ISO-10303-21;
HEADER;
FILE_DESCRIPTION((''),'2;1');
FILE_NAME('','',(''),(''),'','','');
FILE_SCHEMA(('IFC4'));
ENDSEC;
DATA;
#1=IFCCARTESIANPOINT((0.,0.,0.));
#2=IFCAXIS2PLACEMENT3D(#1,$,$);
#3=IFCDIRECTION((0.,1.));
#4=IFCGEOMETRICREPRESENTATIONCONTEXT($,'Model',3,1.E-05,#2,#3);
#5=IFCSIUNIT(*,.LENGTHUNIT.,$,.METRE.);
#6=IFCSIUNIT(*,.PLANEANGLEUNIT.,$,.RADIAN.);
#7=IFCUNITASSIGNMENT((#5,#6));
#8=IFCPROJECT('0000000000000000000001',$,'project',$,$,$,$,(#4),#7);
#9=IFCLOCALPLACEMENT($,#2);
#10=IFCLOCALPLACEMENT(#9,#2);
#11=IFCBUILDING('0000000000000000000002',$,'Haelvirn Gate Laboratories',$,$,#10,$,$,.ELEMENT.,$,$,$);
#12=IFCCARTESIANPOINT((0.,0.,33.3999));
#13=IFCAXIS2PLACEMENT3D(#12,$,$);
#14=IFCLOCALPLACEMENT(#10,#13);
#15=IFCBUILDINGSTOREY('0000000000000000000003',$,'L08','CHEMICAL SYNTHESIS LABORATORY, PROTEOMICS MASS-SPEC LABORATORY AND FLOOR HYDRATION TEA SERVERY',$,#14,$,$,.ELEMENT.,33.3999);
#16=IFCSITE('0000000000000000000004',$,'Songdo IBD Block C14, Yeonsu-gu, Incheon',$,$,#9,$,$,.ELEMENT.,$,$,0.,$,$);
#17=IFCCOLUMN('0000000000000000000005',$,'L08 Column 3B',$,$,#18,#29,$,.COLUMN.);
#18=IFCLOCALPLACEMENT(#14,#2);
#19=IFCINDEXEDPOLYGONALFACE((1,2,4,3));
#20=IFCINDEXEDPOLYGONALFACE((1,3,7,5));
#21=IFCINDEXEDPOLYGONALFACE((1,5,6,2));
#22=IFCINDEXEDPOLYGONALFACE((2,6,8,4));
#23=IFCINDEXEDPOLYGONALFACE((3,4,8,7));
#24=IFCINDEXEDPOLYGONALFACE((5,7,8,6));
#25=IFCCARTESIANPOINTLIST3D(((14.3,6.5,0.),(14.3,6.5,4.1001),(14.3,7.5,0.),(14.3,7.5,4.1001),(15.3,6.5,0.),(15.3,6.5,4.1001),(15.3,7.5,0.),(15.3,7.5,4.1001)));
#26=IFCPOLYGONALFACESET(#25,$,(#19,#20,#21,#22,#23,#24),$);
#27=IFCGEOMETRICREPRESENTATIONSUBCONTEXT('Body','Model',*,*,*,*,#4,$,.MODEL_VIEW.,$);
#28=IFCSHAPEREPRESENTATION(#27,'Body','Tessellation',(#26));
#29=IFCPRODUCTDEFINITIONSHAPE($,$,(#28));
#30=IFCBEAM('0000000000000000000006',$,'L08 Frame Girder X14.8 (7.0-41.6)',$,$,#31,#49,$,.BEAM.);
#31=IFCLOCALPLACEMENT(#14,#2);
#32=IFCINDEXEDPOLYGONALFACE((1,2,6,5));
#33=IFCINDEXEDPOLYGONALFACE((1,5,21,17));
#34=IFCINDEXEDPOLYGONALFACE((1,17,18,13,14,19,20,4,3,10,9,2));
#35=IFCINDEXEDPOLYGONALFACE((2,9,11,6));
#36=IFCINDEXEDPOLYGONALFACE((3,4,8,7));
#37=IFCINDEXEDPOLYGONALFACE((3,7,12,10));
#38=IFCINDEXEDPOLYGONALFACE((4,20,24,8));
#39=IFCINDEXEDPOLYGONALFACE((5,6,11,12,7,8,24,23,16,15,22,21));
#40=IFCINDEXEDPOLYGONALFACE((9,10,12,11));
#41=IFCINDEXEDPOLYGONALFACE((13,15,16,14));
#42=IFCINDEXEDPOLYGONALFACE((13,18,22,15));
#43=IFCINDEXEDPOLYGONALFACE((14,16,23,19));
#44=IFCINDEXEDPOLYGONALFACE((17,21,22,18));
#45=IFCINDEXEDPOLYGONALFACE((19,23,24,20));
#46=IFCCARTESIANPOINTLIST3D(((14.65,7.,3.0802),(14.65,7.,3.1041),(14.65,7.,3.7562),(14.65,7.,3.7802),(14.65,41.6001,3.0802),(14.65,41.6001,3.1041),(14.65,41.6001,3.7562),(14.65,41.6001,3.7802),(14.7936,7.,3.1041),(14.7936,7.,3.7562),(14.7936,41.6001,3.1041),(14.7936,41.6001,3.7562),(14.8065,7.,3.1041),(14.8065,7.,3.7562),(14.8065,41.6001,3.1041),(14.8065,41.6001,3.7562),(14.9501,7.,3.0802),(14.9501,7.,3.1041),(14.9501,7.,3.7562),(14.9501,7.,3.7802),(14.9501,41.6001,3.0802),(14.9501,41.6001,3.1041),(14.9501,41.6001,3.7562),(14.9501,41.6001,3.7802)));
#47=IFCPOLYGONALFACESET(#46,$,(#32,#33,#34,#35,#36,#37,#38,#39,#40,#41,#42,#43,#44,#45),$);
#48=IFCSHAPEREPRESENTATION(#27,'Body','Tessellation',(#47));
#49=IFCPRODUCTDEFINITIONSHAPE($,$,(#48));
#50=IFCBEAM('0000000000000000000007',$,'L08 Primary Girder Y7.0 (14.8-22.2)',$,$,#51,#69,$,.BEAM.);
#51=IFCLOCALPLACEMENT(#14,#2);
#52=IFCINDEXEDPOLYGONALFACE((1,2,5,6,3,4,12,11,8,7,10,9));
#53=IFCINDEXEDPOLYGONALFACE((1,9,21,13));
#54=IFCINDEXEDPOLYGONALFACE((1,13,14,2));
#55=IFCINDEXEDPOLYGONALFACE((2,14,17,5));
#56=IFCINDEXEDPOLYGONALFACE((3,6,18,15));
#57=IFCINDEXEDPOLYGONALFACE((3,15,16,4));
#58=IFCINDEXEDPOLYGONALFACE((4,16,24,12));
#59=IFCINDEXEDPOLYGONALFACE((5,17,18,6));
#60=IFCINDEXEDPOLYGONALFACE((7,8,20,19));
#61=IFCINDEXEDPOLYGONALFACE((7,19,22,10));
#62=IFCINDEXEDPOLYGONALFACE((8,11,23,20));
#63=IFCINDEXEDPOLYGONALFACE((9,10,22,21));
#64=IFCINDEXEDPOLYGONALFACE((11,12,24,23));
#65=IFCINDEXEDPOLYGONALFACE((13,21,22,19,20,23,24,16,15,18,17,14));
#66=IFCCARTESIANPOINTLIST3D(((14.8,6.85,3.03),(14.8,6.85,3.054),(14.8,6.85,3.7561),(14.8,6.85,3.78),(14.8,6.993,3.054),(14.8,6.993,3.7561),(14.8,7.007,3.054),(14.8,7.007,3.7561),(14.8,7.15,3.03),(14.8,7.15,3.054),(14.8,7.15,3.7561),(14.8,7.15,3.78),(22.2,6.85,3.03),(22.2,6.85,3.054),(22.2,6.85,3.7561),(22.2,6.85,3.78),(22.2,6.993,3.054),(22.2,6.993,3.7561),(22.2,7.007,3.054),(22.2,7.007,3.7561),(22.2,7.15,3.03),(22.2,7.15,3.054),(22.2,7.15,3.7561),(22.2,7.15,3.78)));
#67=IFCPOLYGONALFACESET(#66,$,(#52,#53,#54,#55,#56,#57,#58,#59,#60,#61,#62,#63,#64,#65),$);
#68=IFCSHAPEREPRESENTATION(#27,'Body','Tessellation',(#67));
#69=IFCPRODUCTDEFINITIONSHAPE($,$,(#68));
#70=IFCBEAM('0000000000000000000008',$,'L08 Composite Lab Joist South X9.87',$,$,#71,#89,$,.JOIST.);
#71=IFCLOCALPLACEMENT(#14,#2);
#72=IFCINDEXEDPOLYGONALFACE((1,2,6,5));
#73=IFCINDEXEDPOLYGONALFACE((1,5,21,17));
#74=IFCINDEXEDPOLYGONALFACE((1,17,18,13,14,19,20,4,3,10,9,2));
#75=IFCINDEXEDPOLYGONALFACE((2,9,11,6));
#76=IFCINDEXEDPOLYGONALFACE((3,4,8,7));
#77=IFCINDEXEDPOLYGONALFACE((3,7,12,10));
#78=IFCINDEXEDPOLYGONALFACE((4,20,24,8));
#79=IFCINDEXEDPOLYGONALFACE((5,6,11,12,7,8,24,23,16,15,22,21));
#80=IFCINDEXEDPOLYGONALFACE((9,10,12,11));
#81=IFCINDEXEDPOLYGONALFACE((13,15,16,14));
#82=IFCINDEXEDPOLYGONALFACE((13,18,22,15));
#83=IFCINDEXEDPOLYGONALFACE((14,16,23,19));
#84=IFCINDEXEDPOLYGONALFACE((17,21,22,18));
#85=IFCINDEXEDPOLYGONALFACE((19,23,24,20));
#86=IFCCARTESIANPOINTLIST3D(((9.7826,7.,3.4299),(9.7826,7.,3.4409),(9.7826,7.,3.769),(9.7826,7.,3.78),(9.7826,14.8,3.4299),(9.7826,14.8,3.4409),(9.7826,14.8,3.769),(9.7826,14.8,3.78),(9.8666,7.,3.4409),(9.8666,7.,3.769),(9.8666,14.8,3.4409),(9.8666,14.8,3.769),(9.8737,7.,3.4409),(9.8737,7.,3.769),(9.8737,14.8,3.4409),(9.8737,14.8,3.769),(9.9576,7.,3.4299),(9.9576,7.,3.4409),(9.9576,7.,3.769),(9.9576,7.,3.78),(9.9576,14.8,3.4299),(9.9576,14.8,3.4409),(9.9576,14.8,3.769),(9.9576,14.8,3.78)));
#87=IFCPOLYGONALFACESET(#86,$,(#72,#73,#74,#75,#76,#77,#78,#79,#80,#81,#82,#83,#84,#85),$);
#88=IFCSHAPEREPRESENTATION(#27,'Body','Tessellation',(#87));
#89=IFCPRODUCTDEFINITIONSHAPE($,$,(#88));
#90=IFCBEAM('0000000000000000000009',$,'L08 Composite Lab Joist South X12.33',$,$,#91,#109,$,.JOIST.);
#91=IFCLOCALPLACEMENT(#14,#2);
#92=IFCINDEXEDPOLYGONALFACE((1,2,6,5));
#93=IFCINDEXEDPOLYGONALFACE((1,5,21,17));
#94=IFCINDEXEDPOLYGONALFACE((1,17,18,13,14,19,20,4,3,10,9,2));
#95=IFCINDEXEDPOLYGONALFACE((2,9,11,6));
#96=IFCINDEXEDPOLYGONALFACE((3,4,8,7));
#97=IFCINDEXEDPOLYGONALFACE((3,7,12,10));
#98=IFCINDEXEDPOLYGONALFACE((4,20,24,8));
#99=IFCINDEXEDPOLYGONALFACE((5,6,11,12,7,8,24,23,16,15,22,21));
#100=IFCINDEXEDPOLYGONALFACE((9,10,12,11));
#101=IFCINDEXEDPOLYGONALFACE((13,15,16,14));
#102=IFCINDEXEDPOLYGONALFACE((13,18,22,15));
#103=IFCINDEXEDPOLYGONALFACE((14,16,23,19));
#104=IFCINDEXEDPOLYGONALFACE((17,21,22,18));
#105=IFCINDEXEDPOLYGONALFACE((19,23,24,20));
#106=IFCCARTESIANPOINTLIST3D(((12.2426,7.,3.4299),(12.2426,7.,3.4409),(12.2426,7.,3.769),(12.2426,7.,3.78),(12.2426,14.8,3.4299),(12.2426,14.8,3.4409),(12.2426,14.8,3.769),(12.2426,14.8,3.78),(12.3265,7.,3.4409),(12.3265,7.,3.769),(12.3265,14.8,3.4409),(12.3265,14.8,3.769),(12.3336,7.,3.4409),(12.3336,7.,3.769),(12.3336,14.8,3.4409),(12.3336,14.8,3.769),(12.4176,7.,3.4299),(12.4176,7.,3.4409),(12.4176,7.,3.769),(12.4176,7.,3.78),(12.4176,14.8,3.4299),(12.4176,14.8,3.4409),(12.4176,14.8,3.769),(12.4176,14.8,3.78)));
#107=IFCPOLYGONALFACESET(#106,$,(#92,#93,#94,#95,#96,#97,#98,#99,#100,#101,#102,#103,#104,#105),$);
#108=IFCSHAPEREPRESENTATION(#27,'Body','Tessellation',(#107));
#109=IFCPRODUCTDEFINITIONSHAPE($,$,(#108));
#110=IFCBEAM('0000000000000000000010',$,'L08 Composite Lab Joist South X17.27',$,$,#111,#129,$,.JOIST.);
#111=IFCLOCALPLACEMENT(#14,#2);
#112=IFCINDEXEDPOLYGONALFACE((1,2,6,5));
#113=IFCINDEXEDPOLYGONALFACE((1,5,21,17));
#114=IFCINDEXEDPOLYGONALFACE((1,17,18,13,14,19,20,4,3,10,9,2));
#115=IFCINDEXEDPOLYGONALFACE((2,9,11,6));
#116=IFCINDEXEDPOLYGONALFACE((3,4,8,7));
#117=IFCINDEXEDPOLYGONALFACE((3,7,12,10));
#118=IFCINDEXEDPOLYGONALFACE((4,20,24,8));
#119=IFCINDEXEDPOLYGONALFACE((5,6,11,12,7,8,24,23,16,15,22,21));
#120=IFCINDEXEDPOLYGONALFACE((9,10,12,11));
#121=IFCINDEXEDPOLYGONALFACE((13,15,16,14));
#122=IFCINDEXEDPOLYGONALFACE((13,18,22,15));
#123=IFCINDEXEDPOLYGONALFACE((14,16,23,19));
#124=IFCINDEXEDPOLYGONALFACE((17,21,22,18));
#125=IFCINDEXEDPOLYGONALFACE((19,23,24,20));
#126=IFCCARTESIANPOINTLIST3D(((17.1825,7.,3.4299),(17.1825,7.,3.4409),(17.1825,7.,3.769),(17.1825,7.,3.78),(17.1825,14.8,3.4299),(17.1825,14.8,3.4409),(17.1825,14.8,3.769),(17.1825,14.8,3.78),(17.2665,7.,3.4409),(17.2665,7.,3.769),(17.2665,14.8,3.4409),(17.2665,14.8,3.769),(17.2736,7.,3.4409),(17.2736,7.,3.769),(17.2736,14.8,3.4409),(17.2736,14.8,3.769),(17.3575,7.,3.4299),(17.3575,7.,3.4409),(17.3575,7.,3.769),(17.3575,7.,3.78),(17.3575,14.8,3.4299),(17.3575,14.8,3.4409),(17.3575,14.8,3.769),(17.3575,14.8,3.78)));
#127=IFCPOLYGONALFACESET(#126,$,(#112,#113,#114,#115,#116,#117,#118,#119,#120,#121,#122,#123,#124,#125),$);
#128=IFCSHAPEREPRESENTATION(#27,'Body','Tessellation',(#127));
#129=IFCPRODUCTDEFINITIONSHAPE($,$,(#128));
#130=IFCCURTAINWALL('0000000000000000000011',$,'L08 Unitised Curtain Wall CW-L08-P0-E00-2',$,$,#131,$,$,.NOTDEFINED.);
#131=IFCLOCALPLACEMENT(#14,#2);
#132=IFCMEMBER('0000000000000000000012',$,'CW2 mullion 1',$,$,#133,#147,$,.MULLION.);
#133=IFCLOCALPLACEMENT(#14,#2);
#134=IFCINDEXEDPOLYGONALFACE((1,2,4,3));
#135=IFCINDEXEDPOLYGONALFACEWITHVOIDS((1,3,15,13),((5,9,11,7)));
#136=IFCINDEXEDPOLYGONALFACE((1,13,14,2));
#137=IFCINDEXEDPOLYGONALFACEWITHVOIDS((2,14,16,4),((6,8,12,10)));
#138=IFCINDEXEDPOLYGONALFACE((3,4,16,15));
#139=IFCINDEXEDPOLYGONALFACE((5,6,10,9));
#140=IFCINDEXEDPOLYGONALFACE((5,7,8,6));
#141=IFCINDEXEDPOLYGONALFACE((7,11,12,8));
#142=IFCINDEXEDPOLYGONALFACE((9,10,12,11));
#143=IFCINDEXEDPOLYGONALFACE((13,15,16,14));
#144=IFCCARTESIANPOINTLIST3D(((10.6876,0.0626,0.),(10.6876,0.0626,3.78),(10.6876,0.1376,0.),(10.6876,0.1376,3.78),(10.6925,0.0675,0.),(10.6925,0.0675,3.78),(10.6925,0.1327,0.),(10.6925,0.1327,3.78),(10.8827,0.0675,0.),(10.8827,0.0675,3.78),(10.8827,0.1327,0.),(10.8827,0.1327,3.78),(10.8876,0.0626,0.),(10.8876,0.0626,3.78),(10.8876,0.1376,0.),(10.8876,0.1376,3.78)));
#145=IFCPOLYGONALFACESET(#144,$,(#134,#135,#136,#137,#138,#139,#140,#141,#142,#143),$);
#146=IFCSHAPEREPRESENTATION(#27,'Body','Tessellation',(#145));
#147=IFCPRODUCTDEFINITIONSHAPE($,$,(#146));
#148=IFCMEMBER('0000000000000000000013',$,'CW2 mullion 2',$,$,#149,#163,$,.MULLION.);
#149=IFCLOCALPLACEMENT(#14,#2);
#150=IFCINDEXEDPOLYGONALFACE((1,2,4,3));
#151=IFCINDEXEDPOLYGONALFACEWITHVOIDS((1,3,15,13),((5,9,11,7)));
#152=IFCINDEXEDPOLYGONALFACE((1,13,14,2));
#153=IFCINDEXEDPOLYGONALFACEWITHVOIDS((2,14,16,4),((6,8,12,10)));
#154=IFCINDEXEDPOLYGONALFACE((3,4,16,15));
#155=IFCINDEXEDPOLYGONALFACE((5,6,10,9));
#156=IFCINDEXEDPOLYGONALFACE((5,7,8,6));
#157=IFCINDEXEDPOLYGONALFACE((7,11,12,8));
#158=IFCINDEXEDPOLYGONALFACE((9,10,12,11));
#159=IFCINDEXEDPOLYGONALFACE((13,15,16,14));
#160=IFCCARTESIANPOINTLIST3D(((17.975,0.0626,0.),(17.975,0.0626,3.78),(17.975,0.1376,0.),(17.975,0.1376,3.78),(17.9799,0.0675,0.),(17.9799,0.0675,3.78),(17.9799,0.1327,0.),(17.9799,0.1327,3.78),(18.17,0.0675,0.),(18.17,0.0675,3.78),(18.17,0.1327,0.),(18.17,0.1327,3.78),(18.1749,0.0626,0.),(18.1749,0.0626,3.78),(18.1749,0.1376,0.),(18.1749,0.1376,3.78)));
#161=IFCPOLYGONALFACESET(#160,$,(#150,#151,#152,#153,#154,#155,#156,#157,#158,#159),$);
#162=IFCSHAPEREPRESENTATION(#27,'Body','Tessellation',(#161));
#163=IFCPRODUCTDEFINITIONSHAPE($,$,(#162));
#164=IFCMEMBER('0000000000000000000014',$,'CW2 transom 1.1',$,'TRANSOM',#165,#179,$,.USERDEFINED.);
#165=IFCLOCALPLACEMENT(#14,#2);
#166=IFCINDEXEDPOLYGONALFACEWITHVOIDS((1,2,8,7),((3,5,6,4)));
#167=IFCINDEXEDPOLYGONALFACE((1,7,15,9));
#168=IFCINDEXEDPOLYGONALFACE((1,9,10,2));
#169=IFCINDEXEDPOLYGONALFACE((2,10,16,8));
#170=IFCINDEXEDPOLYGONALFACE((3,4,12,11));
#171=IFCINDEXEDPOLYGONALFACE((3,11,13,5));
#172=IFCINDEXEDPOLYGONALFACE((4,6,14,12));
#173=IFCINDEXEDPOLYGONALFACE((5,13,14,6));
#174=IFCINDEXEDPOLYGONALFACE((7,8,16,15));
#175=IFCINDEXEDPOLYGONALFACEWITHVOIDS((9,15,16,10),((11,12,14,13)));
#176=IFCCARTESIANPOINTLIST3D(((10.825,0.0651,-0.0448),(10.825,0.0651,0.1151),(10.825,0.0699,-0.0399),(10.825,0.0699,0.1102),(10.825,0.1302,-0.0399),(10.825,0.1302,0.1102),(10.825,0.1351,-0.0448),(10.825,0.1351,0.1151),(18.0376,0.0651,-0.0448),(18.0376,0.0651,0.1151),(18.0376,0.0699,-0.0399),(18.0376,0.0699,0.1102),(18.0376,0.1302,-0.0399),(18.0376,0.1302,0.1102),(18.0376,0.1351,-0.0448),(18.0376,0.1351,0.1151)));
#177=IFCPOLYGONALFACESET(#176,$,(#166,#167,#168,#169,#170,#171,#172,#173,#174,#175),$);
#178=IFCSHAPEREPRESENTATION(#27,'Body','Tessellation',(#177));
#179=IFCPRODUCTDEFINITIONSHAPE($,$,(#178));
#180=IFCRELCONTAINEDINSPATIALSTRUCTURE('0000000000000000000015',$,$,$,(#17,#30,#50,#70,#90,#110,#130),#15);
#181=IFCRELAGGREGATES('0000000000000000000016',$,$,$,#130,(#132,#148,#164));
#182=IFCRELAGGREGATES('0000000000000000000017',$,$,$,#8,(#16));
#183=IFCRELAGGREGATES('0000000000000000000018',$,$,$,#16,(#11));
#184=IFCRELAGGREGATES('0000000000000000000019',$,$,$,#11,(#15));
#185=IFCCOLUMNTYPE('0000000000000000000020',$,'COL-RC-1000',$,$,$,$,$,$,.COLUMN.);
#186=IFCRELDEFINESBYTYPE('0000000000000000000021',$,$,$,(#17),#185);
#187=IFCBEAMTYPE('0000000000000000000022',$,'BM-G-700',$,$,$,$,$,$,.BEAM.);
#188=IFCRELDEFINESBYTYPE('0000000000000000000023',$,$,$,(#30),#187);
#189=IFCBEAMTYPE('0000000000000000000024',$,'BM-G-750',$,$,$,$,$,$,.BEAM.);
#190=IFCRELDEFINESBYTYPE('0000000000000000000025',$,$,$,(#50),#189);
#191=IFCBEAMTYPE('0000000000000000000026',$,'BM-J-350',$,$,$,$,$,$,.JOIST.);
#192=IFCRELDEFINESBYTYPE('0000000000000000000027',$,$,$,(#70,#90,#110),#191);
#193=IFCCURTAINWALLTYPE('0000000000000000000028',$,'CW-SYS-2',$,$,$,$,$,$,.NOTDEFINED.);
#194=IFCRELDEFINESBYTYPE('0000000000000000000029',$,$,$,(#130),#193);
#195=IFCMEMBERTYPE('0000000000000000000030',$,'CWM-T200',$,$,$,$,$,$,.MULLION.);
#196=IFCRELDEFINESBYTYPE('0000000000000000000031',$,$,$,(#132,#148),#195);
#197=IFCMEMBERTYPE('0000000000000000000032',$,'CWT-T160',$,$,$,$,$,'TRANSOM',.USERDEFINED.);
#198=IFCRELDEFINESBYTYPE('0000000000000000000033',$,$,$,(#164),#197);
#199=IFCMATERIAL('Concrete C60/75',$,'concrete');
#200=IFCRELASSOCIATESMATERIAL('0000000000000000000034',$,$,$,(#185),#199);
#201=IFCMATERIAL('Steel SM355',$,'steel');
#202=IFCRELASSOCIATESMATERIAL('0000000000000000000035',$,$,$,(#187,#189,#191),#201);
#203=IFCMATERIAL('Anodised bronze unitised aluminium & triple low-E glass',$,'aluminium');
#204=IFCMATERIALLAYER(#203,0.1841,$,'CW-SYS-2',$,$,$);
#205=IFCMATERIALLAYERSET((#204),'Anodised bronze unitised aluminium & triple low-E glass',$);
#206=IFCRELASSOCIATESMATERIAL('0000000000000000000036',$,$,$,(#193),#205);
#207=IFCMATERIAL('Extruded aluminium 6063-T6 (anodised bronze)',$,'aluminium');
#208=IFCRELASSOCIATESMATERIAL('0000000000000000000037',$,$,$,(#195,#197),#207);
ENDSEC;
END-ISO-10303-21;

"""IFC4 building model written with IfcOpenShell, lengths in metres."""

from ifc_helpers import new_model, si_unit, direction, frame, origin, origin_2d, place, context, subcontext, project, spatial, rectangle, hollow_rectangle, i_section, extrude, source, transform, mapped, material, layer, layer_set, material_profile, profile_set, type_object, type_shapes, element, aggregate, save


model = new_model("IFC4")

# Units and contexts
model_context = context("Model", 3, precision=1e-05, world=origin(), true_north=direction((0.0, 1.0)))
body_context = subcontext(model_context, "Body", "Model", "MODEL_VIEW")
ifc_project = project(units=[si_unit("LENGTHUNIT", "METRE"), si_unit("PLANEANGLEUNIT", "RADIAN")], contexts=[model_context])

# Site, building, storey
site_placement = place(None, origin())
site = spatial("IfcSite", under=ifc_project, at=site_placement, Name="Songdo IBD Block C14, Yeonsu-gu, Incheon", CompositionType="ELEMENT", RefElevation=0.0)
building_placement = place(site_placement, origin())
building = spatial("IfcBuilding", under=site, at=building_placement, Name="Haelvirn Gate Laboratories", CompositionType="ELEMENT")
storey_placement = place(building_placement, frame((0.0, 0.0, 33.3999)))
storey = spatial("IfcBuildingStorey", under=building, at=storey_placement, Name="L08", Description="CHEMICAL SYNTHESIS LABORATORY, PROTEOMICS MASS-SPEC LABORATORY AND FLOOR HYDRATION TEA SERVERY", CompositionType="ELEMENT", Elevation=33.3999)

# Column
ifc_material_1 = material(Name="Concrete C60/75", Category="concrete")
ifc_material_profile_1 = material_profile(ifc_material_1, rectangle(XDim=1.0, YDim=1.0, at=origin_2d()), Name="RC-1000x1000")
ifc_profile_set_1 = profile_set([ifc_material_profile_1], Name="Concrete C60/75")
column_type = type_object("IfcColumnType", Name="COL-RC-1000", PredefinedType="COLUMN", material=ifc_profile_set_1)
shared_shape_1 = source(origin(), body_context, "Body", "SweptSolid", [
    extrude(rectangle(XDim=1.0, YDim=1.0, at=origin_2d()), origin(), (0.0, 0.0, 1.0), 4.1001),
])
type_shapes(column_type, [shared_shape_1])
column_placement = place(storey_placement, frame((14.8, 7.0, 0.0), z_axis=(0.0, 0.0, 1.0), x_axis=(1.0, 0.0, 0.0)))
element("IfcColumn", 1, at=column_placement, inside=storey, type_object=column_type, Name="L08 Column 3B", PredefinedType="COLUMN", context=body_context, shape_type="MappedRepresentation", body=[
    mapped(shared_shape_1, transform((0.0, 0.0, 0.0), scale=1.0)),
])

# Beams
ifc_material_2 = material(Name="Steel SM355", Category="steel")
ifc_material_profile_2 = material_profile(ifc_material_2, i_section(OverallWidth=0.3, OverallDepth=0.7, WebThickness=0.0129, FlangeThickness=0.0239, at=origin_2d()), Name="H-700x300x13x24")
ifc_profile_set_2 = profile_set([ifc_material_profile_2], Name="Steel SM355")
beam_type_1 = type_object("IfcBeamType", Name="BM-G-700", PredefinedType="BEAM", material=ifc_profile_set_2)
shared_shape_2 = source(origin(), body_context, "Body", "SweptSolid", [
    extrude(i_section(OverallWidth=0.3, OverallDepth=0.7, WebThickness=0.0129, FlangeThickness=0.0239, at=origin_2d()), origin(), (0.0, 0.0, 1.0), 34.6001),
])
type_shapes(beam_type_1, [shared_shape_2])
beam_1_placement = place(storey_placement, frame((14.8, 7.0, 3.4302), z_axis=(0.0, 1.0, 0.0), x_axis=(-1.0, 0.0, 0.0)))
element("IfcBeam", 2, at=beam_1_placement, inside=storey, type_object=beam_type_1, Name="L08 Frame Girder X14.8 (7.0-41.6)", PredefinedType="BEAM", context=body_context, shape_type="MappedRepresentation", body=[
    mapped(shared_shape_2, transform((0.0, 0.0, 0.0), scale=1.0)),
])
ifc_material_profile_3 = material_profile(ifc_material_2, i_section(OverallWidth=0.3, OverallDepth=0.75, WebThickness=0.0139, FlangeThickness=0.0239, at=origin_2d()), Name="H-750x300x14x24")
ifc_profile_set_3 = profile_set([ifc_material_profile_3], Name="Steel SM355")
beam_type_2 = type_object("IfcBeamType", Name="BM-G-750", PredefinedType="BEAM", material=ifc_profile_set_3)
shared_shape_3 = source(origin(), body_context, "Body", "SweptSolid", [
    extrude(i_section(OverallWidth=0.3, OverallDepth=0.75, WebThickness=0.0139, FlangeThickness=0.0239, at=origin_2d()), origin(), (0.0, 0.0, 1.0), 7.3999),
])
type_shapes(beam_type_2, [shared_shape_3])
beam_2_placement = place(storey_placement, frame((14.8, 7.0, 3.405), z_axis=(1.0, 0.0, 0.0), x_axis=(0.0, 1.0, 0.0)))
element("IfcBeam", 3, at=beam_2_placement, inside=storey, type_object=beam_type_2, Name="L08 Primary Girder Y7.0 (14.8-22.2)", PredefinedType="BEAM", context=body_context, shape_type="MappedRepresentation", body=[
    mapped(shared_shape_3, transform((0.0, 0.0, 0.0), scale=1.0)),
])
ifc_material_profile_4 = material_profile(ifc_material_2, i_section(OverallWidth=0.175, OverallDepth=0.3501, WebThickness=0.0071, FlangeThickness=0.011, at=origin_2d()), Name="H-350x175x7x11")
ifc_profile_set_4 = profile_set([ifc_material_profile_4], Name="Steel SM355")
beam_type_3 = type_object("IfcBeamType", Name="BM-J-350", PredefinedType="JOIST", material=ifc_profile_set_4)
shared_shape_4 = source(origin(), body_context, "Body", "SweptSolid", [
    extrude(i_section(OverallWidth=0.175, OverallDepth=0.3501, WebThickness=0.0071, FlangeThickness=0.011, at=origin_2d()), origin(), (0.0, 0.0, 1.0), 7.8),
])
type_shapes(beam_type_3, [shared_shape_4])
for number, where, z_axis, x_axis, name in (
    (4, (9.8701, 7.0, 3.605), (0.0, 1.0, 0.0), (-1.0, 0.0, 0.0), "L08 Composite Lab Joist South X9.87"),
    (5, (12.3301, 7.0, 3.605), (0.0, 1.0, 0.0), (-1.0, 0.0, 0.0), "L08 Composite Lab Joist South X12.33"),
    (6, (17.27, 7.0, 3.605), (0.0, 1.0, 0.0), (-1.0, 0.0, 0.0), "L08 Composite Lab Joist South X17.27"),
):
    element("IfcBeam", number, at=place(storey_placement, frame(where, z_axis=z_axis, x_axis=x_axis)), inside=storey, type_object=beam_type_3, Name=name, PredefinedType="JOIST", context=body_context, shape_type="MappedRepresentation", body=[
        mapped(shared_shape_4, transform((0.0, 0.0, 0.0), scale=1.0)),
    ])

# Curtain wall, members
ifc_material_3 = material(Name="Anodised bronze unitised aluminium & triple low-E glass", Category="aluminium")
ifc_layer_1 = layer(ifc_material_3, 0.1841, Name="CW-SYS-2")
ifc_layer_set_1 = layer_set([ifc_layer_1], Name="Anodised bronze unitised aluminium & triple low-E glass")
curtain_wall_type = type_object("IfcCurtainWallType", Name="CW-SYS-2", PredefinedType="NOTDEFINED", material=ifc_layer_set_1)
curtain_wall_placement = place(storey_placement, origin())
curtain_wall = element("IfcCurtainWall", 7, at=curtain_wall_placement, inside=storey, type_object=curtain_wall_type, Name="L08 Unitised Curtain Wall CW-L08-P0-E00-2", PredefinedType="NOTDEFINED")
ifc_material_4 = material(Name="Extruded aluminium 6063-T6 (anodised bronze)", Category="aluminium")
ifc_material_profile_5 = material_profile(ifc_material_4, hollow_rectangle(XDim=0.075, YDim=0.2, WallThickness=0.0049, at=origin_2d()), Name="CWM-200x75x5")
ifc_profile_set_5 = profile_set([ifc_material_profile_5], Name="Extruded aluminium 6063-T6 (anodised bronze)")
member_type_1 = type_object("IfcMemberType", Name="CWM-T200", PredefinedType="MULLION", material=ifc_profile_set_5)
shared_shape_5 = source(origin(), body_context, "Body", "SweptSolid", [
    extrude(hollow_rectangle(XDim=0.075, YDim=0.2, WallThickness=0.0049, at=origin_2d()), origin(), (0.0, 0.0, 1.0), 3.78),
])
type_shapes(member_type_1, [shared_shape_5])
member_1_placement = place(storey_placement, frame((10.7876, 0.1001, 0.0), z_axis=(0.0, 0.0, 1.0), x_axis=(0.0, 1.0, 0.0)))
member_1 = element("IfcMember", 8, at=member_1_placement, type_object=member_type_1, Name="CW2 mullion 1", PredefinedType="MULLION", context=body_context, shape_type="MappedRepresentation", body=[
    mapped(shared_shape_5, transform((0.0, 0.0, 0.0), scale=1.0)),
])
member_2_placement = place(storey_placement, frame((18.075, 0.1001, 0.0), z_axis=(0.0, 0.0, 1.0), x_axis=(0.0, 1.0, 0.0)))
member_2 = element("IfcMember", 9, at=member_2_placement, type_object=member_type_1, Name="CW2 mullion 2", PredefinedType="MULLION", context=body_context, shape_type="MappedRepresentation", body=[
    mapped(shared_shape_5, transform((0.0, 0.0, 0.0), scale=1.0)),
])
ifc_material_profile_6 = material_profile(ifc_material_4, hollow_rectangle(XDim=0.0701, YDim=0.1599, WallThickness=0.0049, at=origin_2d()), Name="CWT-160x70x5")
ifc_profile_set_6 = profile_set([ifc_material_profile_6], Name="Extruded aluminium 6063-T6 (anodised bronze)")
member_type_2 = type_object("IfcMemberType", Name="CWT-T160", ElementType="TRANSOM", PredefinedType="USERDEFINED", material=ifc_profile_set_6)
shared_shape_6 = source(origin(), body_context, "Body", "SweptSolid", [
    extrude(hollow_rectangle(XDim=0.0701, YDim=0.1599, WallThickness=0.0049, at=origin_2d()), origin(), (0.0, 0.0, 1.0), 7.2126),
])
member_3_placement = place(storey_placement, frame((10.825, 0.1001, 0.0352), z_axis=(1.0, 0.0, 0.0), x_axis=(0.0, 1.0, 0.0)))
member_3 = element("IfcMember", 10, at=member_3_placement, type_object=member_type_2, Name="CW2 transom 1.1", ObjectType="TRANSOM", PredefinedType="USERDEFINED", context=body_context, shape_type="MappedRepresentation", body=[
    mapped(shared_shape_6, transform((0.0, 0.0, 0.0), scale=1.0)),
])
aggregate(curtain_wall, [member_1, member_2, member_3])

save(model, "model.ifc")
